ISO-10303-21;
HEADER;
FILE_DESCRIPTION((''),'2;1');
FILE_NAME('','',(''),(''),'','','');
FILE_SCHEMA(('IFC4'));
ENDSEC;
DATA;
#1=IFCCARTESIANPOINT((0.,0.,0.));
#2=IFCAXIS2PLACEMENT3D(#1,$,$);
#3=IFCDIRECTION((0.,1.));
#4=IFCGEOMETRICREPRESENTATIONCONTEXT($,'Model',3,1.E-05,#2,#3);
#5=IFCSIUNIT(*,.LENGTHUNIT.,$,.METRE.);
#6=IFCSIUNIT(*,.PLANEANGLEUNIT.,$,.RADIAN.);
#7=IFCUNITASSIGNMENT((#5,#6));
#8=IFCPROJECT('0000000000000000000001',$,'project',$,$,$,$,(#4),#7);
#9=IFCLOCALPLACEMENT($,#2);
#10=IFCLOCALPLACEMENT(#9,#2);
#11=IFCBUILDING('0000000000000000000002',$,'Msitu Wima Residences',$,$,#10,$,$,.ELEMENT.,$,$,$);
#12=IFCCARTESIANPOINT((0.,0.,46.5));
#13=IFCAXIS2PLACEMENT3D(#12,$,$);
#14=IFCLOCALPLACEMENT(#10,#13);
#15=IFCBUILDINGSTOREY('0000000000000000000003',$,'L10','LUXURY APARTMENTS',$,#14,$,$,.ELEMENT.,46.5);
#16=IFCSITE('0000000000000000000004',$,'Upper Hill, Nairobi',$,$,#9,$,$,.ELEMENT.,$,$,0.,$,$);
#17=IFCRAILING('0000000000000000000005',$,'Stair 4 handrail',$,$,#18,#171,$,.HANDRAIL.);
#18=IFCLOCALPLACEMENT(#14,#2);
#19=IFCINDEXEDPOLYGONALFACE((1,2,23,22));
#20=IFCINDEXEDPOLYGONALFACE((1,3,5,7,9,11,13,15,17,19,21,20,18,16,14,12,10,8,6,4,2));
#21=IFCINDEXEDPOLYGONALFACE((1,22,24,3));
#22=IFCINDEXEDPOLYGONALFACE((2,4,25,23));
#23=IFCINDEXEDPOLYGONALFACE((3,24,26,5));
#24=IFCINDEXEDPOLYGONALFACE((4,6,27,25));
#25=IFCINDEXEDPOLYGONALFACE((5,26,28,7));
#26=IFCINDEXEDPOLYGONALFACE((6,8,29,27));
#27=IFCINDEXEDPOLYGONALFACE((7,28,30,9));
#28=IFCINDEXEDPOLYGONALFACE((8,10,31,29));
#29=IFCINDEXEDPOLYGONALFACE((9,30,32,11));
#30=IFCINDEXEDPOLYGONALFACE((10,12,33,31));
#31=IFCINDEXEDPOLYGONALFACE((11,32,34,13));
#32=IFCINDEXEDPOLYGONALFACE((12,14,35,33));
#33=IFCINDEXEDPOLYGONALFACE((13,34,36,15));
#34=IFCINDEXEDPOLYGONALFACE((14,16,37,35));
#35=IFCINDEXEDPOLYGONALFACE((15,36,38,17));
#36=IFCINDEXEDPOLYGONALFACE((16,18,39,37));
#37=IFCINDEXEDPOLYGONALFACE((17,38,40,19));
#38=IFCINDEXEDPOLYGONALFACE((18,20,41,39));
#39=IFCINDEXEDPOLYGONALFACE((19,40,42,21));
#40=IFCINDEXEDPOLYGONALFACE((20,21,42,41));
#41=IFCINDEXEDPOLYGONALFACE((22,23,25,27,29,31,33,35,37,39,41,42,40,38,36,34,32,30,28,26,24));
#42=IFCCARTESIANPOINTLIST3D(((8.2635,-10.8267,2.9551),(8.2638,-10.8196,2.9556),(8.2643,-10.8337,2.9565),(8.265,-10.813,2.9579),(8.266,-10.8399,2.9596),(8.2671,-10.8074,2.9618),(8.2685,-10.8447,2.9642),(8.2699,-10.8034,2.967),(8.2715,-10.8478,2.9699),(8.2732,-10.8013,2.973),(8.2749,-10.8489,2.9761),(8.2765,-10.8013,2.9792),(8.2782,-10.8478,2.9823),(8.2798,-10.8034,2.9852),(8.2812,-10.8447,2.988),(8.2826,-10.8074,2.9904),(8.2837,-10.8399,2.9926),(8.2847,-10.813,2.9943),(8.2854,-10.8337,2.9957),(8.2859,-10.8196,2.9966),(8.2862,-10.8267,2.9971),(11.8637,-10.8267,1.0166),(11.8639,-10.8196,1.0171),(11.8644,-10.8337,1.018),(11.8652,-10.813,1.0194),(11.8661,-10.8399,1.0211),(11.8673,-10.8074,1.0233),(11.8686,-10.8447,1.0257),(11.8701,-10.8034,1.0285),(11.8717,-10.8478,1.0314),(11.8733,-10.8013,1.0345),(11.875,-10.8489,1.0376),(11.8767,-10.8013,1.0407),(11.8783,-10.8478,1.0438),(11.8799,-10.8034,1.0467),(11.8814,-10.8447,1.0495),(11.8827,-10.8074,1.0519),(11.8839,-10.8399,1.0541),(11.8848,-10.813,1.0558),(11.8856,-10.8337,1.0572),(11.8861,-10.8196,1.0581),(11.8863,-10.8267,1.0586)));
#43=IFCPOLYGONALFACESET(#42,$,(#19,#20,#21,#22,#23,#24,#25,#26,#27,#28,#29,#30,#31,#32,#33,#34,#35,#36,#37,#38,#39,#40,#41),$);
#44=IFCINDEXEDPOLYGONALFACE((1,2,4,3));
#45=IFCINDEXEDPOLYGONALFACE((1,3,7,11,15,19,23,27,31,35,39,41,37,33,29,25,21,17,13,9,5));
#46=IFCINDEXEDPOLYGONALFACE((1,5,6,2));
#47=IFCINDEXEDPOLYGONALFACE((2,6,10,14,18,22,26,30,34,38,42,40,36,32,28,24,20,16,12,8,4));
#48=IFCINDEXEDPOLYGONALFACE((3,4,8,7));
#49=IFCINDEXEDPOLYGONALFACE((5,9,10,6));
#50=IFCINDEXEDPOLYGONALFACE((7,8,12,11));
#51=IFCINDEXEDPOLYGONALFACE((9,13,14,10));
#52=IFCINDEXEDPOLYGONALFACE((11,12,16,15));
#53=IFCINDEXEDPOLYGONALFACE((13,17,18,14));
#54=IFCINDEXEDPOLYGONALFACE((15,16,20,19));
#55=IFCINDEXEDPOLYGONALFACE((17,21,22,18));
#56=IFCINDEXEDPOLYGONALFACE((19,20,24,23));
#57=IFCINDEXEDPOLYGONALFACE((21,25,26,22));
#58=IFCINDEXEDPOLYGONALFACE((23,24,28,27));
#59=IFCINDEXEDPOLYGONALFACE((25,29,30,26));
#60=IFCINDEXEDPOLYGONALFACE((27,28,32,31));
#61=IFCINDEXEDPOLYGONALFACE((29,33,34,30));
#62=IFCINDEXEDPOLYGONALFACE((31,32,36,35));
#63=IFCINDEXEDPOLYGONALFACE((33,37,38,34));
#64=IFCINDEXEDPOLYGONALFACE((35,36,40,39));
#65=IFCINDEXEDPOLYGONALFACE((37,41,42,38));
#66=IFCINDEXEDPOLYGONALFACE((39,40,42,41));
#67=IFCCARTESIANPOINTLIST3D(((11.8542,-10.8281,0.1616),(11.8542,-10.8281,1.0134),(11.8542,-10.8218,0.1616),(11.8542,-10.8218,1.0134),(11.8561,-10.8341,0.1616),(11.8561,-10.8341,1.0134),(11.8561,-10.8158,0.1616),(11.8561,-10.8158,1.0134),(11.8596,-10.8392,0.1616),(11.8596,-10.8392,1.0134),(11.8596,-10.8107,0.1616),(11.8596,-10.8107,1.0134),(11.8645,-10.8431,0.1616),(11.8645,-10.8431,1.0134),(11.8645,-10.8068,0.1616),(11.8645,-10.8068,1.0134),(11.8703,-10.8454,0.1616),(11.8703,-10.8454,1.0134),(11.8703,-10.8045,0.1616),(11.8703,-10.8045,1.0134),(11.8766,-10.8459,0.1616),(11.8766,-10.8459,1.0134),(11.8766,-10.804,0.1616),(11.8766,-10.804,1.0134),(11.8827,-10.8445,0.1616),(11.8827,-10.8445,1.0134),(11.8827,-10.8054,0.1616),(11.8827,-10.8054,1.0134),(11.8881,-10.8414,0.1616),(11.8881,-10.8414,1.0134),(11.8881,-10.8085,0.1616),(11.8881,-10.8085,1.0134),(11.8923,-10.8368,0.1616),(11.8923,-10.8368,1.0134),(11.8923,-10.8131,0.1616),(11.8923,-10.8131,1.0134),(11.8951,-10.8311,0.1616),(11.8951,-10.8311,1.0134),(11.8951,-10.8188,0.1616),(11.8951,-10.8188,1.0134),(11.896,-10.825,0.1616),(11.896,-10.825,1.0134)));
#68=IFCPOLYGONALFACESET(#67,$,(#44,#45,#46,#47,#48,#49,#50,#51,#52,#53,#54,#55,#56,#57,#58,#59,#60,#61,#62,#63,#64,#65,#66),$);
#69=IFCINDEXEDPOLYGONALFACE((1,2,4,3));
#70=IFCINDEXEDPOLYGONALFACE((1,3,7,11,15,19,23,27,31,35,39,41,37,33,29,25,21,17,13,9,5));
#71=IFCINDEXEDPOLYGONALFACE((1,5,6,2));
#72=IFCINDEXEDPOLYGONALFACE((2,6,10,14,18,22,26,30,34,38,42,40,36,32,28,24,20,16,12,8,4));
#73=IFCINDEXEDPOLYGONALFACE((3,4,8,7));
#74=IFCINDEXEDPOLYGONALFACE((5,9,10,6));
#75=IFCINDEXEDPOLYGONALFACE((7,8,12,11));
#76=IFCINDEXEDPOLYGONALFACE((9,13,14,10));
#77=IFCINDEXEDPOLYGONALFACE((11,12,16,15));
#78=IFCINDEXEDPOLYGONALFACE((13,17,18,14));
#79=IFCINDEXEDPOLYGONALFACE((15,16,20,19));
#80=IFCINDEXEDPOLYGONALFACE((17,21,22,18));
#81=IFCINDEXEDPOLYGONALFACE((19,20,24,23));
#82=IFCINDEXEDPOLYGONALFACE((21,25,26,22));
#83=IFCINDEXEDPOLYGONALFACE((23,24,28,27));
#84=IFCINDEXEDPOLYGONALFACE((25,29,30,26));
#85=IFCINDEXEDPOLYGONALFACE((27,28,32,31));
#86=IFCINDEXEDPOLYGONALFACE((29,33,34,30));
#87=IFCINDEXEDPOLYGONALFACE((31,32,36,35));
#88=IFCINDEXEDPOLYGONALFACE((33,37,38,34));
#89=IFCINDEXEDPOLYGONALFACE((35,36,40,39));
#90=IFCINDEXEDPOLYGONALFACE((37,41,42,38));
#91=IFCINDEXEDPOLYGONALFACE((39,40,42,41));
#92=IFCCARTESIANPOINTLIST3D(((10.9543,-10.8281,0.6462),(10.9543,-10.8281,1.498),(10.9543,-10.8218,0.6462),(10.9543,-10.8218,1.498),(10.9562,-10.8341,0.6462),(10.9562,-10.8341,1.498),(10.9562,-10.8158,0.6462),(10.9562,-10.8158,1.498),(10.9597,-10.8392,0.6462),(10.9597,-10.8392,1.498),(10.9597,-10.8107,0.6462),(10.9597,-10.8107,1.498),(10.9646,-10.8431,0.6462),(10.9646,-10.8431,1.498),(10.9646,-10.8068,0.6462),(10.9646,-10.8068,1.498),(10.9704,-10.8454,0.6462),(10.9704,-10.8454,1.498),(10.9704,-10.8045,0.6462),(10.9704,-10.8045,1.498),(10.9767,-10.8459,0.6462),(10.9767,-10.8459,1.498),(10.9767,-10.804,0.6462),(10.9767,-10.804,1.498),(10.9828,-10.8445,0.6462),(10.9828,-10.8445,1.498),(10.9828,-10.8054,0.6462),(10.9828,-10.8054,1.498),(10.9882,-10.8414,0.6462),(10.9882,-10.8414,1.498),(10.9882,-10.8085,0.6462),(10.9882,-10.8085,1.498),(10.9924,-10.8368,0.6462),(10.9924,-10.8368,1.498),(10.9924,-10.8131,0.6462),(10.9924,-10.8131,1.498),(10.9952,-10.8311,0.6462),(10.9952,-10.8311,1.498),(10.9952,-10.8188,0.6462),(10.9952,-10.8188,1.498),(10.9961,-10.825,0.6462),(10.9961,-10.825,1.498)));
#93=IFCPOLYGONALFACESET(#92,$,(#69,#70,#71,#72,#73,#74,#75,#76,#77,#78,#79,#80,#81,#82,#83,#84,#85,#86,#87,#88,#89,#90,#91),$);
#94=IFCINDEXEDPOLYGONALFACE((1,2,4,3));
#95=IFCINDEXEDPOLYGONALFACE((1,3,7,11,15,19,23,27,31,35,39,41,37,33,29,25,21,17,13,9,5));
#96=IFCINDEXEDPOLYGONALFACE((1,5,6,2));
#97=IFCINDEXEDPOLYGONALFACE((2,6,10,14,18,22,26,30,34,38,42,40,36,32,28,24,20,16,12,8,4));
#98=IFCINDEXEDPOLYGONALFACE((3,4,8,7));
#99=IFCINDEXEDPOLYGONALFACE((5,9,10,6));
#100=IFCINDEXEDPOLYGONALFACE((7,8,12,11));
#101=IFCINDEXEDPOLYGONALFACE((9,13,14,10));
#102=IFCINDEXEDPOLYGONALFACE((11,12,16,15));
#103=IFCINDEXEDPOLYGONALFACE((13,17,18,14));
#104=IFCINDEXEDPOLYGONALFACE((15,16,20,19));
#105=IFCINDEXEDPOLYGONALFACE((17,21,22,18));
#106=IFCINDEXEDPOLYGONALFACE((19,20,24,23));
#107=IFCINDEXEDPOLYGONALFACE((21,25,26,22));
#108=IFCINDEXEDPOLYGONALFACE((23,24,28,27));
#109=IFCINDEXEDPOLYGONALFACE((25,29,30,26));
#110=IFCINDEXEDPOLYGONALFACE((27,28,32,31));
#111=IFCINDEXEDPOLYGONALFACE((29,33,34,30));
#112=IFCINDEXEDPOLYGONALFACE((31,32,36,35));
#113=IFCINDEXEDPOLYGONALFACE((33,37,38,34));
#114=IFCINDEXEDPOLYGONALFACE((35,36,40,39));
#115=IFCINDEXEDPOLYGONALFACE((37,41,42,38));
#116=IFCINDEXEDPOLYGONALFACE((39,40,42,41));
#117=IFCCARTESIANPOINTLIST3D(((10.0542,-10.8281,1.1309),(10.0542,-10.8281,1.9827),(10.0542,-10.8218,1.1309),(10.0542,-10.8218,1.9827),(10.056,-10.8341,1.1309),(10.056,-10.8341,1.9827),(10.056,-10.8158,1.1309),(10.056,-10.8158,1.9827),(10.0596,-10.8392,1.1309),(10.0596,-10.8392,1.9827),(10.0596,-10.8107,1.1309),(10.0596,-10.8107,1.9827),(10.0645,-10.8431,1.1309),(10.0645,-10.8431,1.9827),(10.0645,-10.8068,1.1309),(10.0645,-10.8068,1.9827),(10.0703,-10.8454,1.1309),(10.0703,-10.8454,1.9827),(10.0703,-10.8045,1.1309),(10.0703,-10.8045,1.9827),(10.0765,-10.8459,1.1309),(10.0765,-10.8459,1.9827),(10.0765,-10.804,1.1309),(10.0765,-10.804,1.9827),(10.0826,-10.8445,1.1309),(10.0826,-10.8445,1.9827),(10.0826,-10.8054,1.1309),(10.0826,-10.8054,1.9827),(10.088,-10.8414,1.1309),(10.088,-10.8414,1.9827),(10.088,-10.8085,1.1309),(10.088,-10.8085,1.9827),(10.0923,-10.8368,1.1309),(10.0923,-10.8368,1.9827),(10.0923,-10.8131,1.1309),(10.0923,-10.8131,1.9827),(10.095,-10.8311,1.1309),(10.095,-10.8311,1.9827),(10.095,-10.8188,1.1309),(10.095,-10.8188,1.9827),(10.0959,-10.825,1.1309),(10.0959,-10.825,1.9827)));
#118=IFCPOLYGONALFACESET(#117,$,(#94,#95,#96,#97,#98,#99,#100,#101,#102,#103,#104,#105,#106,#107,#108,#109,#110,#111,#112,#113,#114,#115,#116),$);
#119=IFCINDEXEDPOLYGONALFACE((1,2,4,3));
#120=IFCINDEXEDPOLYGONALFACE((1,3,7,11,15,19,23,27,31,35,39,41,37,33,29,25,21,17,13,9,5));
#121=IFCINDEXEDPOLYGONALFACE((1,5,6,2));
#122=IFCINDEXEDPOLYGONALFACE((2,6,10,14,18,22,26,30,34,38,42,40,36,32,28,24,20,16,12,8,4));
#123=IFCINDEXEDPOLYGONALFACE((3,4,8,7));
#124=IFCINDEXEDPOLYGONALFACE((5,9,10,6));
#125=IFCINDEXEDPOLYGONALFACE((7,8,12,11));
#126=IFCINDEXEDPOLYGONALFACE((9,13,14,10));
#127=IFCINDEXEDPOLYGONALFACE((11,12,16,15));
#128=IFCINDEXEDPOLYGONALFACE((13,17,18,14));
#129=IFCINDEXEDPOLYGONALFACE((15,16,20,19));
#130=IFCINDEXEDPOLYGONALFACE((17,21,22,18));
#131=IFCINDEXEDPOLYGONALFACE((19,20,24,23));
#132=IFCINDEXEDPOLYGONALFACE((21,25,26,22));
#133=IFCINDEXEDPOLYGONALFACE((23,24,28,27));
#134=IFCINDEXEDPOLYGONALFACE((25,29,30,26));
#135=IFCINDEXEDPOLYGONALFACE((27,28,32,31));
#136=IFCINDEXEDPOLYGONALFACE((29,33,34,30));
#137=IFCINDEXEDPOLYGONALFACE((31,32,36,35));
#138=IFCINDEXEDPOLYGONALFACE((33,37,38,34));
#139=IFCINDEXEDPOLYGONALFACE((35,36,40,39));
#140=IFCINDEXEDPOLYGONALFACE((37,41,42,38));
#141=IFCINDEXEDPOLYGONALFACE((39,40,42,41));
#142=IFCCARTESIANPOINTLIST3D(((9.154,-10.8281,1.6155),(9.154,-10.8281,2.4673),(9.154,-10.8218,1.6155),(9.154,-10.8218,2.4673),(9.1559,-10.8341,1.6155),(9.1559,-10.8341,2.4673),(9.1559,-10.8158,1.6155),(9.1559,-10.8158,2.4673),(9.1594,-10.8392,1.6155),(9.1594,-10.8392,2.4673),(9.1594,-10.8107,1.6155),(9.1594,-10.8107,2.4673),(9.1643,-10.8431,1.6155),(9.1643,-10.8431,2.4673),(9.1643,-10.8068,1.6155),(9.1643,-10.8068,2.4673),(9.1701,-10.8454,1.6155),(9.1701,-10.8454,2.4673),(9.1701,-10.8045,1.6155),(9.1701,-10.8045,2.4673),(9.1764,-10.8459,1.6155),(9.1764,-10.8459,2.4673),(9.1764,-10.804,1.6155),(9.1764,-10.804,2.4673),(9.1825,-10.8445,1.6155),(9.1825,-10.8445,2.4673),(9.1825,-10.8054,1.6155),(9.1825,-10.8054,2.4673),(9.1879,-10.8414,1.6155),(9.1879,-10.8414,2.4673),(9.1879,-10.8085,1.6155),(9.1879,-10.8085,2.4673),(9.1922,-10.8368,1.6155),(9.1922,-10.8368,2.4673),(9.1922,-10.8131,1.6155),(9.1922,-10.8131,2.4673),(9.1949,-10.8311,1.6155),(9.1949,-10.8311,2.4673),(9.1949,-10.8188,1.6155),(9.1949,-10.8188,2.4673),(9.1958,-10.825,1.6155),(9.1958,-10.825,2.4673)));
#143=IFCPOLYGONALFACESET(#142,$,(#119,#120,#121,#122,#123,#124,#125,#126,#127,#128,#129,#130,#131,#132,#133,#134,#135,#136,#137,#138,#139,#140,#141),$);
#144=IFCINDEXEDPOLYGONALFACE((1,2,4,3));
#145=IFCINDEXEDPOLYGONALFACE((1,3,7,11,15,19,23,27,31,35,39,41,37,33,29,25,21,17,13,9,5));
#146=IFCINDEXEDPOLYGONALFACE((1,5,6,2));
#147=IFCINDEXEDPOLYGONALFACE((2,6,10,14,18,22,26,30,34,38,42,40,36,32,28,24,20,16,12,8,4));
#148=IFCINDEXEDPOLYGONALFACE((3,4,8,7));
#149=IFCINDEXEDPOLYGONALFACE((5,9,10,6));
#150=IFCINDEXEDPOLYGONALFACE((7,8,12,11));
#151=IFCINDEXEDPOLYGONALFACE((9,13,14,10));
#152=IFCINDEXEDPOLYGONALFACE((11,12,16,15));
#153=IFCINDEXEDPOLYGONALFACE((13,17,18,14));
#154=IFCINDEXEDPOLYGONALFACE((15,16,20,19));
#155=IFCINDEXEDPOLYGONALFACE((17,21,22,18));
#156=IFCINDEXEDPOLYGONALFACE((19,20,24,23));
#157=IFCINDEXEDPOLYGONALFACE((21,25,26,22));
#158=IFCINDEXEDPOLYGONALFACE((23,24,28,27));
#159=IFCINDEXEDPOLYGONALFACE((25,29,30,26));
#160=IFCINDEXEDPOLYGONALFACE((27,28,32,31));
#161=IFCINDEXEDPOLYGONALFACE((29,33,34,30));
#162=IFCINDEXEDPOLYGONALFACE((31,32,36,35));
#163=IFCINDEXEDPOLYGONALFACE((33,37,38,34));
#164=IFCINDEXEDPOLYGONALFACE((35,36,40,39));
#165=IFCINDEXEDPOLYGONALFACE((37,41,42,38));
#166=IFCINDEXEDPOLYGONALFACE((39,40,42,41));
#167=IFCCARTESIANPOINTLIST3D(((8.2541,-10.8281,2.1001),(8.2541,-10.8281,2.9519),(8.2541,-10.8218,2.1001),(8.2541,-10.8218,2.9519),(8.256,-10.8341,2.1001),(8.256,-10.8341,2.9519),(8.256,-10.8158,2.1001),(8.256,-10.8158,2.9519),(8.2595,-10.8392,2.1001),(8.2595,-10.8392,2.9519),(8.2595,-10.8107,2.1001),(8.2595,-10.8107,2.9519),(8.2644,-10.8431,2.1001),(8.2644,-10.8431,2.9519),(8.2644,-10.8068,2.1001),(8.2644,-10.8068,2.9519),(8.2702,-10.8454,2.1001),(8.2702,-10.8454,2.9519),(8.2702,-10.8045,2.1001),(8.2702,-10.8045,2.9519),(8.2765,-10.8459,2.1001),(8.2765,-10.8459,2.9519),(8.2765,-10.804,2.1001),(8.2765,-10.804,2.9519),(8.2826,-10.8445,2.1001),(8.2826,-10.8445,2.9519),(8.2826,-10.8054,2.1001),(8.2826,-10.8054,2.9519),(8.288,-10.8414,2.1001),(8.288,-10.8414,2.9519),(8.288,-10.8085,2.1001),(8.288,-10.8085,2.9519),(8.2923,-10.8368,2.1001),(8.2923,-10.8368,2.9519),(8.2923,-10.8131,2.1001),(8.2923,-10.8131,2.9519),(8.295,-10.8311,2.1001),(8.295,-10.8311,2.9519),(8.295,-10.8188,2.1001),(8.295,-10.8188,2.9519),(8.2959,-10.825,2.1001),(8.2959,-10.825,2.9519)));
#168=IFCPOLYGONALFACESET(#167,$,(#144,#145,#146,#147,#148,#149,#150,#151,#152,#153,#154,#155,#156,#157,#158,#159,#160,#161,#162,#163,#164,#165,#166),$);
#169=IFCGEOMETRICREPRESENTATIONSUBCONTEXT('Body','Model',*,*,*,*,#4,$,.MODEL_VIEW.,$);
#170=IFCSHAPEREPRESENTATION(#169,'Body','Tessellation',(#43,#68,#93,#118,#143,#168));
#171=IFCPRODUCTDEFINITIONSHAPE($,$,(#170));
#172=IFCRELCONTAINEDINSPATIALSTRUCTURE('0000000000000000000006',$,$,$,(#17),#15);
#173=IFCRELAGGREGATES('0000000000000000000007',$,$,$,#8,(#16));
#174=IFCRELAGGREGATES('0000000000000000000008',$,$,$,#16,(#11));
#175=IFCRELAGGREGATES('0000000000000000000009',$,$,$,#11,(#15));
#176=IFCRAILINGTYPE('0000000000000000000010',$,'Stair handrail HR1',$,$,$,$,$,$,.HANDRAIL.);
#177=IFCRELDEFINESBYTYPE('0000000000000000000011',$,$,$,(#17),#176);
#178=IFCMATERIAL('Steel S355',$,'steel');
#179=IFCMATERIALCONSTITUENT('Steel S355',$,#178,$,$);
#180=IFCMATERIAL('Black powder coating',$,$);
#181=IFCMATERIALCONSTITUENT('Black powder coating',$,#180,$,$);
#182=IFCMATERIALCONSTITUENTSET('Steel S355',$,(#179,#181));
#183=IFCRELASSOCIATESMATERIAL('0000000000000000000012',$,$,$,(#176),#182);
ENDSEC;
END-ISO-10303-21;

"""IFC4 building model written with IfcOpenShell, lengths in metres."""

from ifc_helpers import new_model, si_unit, direction, frame, origin, origin_2d, place, context, subcontext, project, spatial, circle, extrude, material, constituent, constituent_set, type_object, element, save


model = new_model("IFC4")

# Units and contexts
model_context = context("Model", 3, precision=1e-05, world=origin(), true_north=direction((0.0, 1.0)))
body_context = subcontext(model_context, "Body", "Model", "MODEL_VIEW")
ifc_project = project(units=[si_unit("LENGTHUNIT", "METRE"), si_unit("PLANEANGLEUNIT", "RADIAN")], contexts=[model_context])

# Site, building, storey
site_placement = place(None, origin())
site = spatial("IfcSite", under=ifc_project, at=site_placement, Name="Upper Hill, Nairobi", CompositionType="ELEMENT", RefElevation=0.0)
building_placement = place(site_placement, origin())
building = spatial("IfcBuilding", under=site, at=building_placement, Name="Msitu Wima Residences", CompositionType="ELEMENT")
storey_placement = place(building_placement, frame((0.0, 0.0, 46.5)))
storey = spatial("IfcBuildingStorey", under=building, at=storey_placement, Name="L10", Description="LUXURY APARTMENTS", CompositionType="ELEMENT", Elevation=46.5)

# Railing
ifc_material_1 = material(Name="Steel S355", Category="steel")
ifc_constituent_1 = constituent(ifc_material_1, Name="Steel S355")
ifc_material_2 = material(Name="Black powder coating")
ifc_constituent_2 = constituent(ifc_material_2, Name="Black powder coating")
ifc_constituent_set = constituent_set(constituents=[ifc_constituent_1, ifc_constituent_2], Name="Steel S355")
railing_type = type_object("IfcRailingType", Name="Stair handrail HR1", PredefinedType="HANDRAIL", material=ifc_constituent_set)
for number, where, name in (
    (1, (11.875, -10.825, 0.1616), "Stair 4 handrail"),
):
    element("IfcRailing", number, at=place(storey_placement, frame(where)), inside=storey, type_object=railing_type, Name=name, PredefinedType="HANDRAIL", context=body_context, shape_type="SweptSolid", body=[
        extrude(circle(Radius=0.0239, at=origin_2d()), frame((0.0, 0.0, 0.876), z_axis=(-0.880475, 0.0, 0.474093), x_axis=(0.0, -1.0, 0.0)), (0.0, 0.0, 1.0), 4.0889),
        extrude(circle(Radius=0.021, at=origin_2d()), origin(), (0.0, 0.0, 1.0), 0.8518),
        extrude(circle(Radius=0.021, at=origin_2d()), frame((-0.8999, 0.0, 0.4846)), (0.0, 0.0, 1.0), 0.8518),
        extrude(circle(Radius=0.021, at=origin_2d()), frame((-1.8, 0.0, 0.9692)), (0.0, 0.0, 1.0), 0.8518),
        extrude(circle(Radius=0.021, at=origin_2d()), frame((-2.7002, 0.0, 1.4539)), (0.0, 0.0, 1.0), 0.8518),
        extrude(circle(Radius=0.021, at=origin_2d()), frame((-3.6001, 0.0, 1.9385)), (0.0, 0.0, 1.0), 0.8518),
    ])

save(model, "model.ifc")
